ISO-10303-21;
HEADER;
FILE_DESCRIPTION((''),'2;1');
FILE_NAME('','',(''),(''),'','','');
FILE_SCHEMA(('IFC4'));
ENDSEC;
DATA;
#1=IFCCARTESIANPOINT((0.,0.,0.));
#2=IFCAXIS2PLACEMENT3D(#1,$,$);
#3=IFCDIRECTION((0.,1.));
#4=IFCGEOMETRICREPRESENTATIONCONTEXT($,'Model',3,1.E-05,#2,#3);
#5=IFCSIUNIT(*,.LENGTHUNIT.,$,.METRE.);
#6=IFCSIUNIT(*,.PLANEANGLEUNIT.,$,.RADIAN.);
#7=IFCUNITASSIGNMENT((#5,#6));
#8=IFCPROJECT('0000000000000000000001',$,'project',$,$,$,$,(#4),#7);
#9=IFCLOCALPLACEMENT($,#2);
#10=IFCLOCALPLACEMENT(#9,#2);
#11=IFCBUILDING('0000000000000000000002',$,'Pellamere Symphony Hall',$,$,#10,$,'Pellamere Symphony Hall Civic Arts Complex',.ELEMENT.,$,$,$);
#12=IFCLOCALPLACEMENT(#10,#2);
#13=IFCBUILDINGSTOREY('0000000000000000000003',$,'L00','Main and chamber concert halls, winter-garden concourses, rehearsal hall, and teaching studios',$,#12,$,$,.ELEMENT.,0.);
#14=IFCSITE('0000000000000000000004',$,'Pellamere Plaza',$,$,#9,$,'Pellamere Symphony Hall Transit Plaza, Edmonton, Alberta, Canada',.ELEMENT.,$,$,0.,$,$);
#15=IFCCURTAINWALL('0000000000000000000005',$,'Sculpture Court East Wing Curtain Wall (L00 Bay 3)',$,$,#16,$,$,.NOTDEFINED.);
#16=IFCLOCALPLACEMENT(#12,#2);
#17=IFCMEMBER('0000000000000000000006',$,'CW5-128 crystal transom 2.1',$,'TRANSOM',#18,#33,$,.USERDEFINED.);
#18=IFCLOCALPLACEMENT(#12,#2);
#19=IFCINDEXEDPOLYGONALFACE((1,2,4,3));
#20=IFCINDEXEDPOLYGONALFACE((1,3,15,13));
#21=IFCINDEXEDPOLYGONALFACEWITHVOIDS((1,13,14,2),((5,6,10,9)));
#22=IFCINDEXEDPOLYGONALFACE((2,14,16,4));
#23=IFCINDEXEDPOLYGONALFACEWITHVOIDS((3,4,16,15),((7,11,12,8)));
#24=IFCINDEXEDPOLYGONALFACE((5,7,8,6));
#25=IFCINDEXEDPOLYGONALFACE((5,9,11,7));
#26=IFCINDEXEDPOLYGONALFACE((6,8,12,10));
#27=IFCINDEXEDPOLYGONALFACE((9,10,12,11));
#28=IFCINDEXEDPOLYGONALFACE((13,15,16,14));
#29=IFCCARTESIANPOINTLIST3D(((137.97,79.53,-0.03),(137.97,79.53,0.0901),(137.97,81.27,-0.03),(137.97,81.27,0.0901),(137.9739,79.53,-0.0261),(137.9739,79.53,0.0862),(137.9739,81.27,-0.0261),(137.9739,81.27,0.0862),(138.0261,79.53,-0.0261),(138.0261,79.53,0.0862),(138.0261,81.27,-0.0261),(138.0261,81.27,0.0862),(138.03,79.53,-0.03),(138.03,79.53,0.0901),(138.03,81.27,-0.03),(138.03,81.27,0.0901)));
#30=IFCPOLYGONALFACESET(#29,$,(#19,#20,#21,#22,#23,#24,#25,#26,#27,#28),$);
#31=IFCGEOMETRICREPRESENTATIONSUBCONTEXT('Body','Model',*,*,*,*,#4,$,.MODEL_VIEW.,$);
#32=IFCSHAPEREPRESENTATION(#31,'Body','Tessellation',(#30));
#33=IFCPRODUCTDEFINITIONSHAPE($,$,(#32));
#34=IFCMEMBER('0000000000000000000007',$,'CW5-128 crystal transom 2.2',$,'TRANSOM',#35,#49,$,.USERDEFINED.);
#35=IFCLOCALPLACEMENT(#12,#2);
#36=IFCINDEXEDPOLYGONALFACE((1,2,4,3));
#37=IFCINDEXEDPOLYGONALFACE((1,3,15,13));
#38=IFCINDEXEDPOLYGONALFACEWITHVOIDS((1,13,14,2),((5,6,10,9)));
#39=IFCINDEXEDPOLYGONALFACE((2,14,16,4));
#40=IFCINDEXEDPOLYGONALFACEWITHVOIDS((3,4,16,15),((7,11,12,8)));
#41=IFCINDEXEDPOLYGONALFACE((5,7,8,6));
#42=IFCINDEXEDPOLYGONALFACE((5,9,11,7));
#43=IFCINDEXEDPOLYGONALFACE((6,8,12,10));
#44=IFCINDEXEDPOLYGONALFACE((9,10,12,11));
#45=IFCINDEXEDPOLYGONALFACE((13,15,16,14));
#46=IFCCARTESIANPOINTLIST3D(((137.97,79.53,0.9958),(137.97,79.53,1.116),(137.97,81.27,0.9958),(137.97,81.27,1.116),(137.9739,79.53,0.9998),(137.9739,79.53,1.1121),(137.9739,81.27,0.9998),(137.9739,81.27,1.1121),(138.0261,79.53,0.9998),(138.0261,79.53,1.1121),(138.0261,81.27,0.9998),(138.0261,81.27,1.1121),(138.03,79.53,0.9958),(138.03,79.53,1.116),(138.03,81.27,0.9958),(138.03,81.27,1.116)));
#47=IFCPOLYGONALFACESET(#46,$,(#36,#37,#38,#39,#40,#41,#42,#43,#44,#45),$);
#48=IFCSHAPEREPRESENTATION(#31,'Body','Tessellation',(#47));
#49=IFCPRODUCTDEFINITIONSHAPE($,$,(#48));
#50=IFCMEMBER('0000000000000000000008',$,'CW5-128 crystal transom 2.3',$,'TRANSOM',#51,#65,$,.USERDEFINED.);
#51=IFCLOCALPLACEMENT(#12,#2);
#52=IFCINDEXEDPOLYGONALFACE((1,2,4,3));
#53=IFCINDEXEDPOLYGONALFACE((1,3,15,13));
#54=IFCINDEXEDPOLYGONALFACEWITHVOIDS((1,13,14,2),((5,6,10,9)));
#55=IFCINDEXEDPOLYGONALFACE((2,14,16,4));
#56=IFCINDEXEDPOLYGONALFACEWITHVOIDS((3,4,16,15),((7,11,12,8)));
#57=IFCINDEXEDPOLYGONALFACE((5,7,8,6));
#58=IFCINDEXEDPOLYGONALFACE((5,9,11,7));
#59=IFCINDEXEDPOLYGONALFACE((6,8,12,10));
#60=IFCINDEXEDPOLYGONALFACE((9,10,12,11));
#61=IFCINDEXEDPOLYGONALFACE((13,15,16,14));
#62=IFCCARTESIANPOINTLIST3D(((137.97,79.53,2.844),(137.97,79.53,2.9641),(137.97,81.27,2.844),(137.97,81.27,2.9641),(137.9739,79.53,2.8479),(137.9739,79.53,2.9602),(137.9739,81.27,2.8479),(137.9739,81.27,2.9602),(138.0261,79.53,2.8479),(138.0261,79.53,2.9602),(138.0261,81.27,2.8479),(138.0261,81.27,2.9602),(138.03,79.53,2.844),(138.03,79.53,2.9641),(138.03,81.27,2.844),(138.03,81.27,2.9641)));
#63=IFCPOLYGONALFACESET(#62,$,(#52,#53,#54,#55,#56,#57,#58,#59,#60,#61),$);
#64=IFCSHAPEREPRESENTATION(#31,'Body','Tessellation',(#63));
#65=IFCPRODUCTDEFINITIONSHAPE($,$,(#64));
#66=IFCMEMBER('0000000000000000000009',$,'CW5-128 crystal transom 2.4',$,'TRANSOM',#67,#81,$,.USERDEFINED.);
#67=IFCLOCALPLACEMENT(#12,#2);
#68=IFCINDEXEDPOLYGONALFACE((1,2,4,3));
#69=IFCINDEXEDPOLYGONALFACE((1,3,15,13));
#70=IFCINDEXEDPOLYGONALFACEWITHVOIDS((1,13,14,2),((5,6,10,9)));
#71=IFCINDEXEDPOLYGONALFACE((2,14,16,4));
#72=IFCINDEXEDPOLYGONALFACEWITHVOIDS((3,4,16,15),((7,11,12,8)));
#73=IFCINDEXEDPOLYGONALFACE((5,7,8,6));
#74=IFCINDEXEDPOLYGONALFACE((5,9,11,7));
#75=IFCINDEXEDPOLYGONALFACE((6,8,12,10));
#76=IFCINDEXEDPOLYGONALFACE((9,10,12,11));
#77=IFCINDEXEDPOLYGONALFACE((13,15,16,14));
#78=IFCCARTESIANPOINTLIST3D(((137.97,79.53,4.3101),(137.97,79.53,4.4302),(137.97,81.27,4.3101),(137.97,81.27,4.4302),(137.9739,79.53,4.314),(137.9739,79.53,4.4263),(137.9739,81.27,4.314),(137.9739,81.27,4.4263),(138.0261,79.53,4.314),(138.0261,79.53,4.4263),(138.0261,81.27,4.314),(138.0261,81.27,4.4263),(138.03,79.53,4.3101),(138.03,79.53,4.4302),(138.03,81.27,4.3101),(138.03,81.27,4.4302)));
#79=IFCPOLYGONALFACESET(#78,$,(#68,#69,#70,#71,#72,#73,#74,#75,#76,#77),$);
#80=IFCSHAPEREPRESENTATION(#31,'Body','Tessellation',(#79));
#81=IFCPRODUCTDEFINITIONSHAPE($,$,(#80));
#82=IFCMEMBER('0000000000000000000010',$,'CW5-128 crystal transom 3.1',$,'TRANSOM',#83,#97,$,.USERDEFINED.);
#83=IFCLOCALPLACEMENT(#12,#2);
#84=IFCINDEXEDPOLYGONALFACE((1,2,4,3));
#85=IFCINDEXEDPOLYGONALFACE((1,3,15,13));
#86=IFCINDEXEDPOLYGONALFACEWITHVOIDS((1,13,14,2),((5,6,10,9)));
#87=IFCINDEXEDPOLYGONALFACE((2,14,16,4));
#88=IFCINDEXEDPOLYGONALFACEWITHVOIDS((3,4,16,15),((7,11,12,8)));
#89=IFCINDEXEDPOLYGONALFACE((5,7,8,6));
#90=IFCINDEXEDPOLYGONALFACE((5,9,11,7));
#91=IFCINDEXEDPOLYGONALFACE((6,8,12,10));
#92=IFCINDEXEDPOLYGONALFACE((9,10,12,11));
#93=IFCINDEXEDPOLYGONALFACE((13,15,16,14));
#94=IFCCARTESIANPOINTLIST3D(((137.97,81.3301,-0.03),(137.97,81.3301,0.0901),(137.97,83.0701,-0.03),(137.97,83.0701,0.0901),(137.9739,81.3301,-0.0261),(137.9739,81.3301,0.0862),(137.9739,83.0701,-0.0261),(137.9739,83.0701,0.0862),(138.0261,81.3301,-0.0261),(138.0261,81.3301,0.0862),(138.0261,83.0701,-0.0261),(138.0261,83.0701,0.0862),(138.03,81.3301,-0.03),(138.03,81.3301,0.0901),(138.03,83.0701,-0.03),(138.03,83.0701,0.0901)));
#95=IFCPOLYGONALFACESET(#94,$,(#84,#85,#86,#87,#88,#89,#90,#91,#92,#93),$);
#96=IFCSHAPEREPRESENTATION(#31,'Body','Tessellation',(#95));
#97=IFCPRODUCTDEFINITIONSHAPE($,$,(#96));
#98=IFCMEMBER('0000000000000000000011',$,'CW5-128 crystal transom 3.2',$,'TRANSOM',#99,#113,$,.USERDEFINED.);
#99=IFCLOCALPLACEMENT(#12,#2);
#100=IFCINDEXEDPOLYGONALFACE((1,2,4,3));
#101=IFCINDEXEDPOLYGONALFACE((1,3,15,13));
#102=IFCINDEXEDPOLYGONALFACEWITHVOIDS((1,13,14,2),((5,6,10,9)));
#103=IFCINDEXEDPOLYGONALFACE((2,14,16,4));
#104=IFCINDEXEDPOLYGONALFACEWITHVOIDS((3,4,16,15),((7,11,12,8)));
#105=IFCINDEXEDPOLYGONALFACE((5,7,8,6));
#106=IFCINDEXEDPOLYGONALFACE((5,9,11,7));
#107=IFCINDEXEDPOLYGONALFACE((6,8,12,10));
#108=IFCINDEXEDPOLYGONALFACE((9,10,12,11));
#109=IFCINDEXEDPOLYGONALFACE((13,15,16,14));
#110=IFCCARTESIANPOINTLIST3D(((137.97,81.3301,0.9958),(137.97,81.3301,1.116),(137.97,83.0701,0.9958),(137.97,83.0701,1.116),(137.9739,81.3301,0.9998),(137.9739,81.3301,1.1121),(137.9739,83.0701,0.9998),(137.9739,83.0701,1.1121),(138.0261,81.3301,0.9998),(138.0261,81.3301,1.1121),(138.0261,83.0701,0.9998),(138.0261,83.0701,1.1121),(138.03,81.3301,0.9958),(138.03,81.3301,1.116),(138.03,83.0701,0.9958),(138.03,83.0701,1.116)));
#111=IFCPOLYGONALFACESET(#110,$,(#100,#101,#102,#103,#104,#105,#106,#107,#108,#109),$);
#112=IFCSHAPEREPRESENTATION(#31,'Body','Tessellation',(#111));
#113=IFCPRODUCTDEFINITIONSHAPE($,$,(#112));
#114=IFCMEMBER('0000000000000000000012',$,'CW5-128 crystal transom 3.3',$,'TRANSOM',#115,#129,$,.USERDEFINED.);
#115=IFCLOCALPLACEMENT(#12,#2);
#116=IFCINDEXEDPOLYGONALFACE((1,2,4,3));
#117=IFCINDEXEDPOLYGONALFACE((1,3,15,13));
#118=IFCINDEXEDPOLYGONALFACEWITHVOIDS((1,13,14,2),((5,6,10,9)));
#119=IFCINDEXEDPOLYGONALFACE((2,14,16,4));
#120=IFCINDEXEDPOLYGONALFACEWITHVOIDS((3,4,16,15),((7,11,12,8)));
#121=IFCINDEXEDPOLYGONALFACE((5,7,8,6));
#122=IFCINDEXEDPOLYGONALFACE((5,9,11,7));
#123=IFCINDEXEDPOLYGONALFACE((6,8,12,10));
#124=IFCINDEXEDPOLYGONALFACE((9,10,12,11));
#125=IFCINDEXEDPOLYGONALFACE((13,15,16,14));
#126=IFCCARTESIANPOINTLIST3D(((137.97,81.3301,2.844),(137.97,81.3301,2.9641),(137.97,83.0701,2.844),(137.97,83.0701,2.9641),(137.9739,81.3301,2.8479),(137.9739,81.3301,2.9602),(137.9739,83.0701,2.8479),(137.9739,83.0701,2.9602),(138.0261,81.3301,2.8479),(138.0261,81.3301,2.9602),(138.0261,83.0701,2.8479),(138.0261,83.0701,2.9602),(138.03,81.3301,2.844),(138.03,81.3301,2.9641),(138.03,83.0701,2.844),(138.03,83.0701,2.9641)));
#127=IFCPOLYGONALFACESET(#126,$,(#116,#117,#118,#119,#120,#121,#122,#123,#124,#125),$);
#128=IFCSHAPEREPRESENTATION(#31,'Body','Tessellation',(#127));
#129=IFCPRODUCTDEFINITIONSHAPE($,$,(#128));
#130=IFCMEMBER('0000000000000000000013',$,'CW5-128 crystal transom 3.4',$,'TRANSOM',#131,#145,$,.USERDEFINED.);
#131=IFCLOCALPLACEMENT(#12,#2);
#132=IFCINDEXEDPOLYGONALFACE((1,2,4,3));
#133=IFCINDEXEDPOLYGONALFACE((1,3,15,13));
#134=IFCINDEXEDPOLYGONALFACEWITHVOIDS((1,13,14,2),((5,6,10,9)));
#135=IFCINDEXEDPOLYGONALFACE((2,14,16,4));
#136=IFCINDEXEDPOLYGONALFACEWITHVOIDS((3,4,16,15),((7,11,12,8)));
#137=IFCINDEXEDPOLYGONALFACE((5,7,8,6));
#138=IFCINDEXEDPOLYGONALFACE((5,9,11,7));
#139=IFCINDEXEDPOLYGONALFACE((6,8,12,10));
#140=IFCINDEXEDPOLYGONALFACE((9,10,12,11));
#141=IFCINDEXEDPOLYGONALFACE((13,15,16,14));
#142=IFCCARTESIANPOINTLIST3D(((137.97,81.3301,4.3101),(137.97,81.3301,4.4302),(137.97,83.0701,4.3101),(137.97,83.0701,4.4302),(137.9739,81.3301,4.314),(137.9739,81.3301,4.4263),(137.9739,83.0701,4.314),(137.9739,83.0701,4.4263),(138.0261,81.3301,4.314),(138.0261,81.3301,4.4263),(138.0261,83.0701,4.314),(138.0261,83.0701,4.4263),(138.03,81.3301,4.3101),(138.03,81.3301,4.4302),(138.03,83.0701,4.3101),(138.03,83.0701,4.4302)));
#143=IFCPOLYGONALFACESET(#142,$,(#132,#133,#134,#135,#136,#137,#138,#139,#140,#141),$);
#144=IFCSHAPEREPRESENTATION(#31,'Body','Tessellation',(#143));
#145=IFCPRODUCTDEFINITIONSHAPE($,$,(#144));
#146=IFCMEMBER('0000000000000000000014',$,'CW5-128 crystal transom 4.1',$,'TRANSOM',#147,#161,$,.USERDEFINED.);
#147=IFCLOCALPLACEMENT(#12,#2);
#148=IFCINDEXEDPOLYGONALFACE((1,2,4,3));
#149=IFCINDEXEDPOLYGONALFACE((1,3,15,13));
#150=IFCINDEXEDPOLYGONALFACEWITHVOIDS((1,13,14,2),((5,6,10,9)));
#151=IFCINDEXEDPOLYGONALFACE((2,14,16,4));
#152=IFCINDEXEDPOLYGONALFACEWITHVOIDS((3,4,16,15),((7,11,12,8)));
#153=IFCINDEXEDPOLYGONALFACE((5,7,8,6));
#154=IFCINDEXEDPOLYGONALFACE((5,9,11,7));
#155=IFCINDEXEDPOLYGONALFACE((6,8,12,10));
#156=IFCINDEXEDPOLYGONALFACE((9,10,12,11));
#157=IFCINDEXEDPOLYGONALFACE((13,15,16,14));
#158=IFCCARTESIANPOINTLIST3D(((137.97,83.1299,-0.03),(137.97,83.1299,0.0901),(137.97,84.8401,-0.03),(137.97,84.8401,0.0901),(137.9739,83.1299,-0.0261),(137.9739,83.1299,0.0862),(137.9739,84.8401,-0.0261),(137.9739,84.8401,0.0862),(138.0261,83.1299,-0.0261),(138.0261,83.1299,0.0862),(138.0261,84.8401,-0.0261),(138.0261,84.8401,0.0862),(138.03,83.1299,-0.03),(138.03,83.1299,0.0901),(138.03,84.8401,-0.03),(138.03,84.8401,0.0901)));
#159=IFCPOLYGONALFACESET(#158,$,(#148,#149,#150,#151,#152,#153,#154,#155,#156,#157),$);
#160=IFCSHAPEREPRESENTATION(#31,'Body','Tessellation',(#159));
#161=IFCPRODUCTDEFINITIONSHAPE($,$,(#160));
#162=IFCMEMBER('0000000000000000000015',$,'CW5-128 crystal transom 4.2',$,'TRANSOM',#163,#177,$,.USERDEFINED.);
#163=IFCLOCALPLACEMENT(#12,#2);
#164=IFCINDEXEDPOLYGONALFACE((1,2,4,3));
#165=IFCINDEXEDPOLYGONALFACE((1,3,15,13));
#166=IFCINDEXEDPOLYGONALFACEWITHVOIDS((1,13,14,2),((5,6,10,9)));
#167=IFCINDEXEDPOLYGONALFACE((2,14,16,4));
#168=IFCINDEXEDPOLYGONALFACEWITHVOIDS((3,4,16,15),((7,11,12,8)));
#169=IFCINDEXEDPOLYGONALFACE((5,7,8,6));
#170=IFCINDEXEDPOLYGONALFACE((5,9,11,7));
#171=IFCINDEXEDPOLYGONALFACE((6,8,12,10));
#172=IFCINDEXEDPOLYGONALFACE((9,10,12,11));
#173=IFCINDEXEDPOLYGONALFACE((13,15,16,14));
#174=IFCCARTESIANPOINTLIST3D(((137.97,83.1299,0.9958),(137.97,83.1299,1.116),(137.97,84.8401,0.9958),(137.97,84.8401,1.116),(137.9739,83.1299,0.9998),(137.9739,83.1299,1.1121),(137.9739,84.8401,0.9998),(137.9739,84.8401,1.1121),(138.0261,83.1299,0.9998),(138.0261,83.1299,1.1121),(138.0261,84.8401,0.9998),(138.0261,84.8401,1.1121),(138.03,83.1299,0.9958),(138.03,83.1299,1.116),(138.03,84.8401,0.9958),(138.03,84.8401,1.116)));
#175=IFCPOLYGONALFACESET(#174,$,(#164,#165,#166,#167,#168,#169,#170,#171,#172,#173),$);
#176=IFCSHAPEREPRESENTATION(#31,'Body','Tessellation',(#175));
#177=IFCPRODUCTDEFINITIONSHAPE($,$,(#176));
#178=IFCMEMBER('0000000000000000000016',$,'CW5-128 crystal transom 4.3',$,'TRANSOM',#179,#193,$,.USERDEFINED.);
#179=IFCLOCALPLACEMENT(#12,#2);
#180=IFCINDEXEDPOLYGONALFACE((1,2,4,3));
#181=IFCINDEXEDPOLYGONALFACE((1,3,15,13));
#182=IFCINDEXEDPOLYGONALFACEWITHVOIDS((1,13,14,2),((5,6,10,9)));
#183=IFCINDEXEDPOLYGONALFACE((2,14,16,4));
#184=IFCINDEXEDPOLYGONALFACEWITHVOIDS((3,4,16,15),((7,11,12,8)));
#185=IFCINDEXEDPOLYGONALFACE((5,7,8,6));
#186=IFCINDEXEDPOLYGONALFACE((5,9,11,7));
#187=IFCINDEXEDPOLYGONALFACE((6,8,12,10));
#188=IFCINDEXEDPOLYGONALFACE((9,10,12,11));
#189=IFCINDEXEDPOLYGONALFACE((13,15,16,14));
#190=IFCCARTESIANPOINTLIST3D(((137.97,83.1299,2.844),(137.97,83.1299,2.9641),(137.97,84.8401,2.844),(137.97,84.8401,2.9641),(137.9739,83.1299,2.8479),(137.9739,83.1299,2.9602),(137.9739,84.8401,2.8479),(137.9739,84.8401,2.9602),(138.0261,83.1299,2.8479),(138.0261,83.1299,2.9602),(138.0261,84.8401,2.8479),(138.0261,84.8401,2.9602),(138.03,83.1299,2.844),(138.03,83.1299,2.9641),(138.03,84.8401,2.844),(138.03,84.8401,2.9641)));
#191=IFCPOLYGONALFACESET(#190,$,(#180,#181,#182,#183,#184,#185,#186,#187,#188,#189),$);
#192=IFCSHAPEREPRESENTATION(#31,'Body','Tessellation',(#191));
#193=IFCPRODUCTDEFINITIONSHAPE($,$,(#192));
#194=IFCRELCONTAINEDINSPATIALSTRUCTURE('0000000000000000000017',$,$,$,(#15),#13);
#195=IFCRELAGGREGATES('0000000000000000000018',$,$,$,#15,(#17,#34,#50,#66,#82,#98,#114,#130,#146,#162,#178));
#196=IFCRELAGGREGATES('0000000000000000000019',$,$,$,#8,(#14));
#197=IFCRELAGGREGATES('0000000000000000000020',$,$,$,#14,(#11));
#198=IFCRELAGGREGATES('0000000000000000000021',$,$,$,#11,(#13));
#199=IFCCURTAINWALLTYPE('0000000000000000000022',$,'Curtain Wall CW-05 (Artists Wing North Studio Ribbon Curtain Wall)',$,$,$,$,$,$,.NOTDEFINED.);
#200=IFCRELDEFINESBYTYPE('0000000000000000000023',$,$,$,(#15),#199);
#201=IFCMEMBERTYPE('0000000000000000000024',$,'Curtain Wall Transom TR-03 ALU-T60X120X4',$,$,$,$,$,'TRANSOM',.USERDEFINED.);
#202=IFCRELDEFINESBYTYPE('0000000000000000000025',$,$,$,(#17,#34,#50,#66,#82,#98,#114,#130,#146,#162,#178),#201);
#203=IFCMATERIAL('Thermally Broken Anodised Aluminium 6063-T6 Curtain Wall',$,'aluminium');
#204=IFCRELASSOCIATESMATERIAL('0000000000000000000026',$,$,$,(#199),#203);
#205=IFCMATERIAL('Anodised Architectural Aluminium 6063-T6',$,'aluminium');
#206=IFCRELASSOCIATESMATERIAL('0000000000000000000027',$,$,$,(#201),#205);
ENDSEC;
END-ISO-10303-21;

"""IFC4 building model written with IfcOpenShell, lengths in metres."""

from ifc_helpers import new_model, si_unit, direction, frame, origin, origin_2d, place, context, subcontext, project, spatial, hollow_rectangle, extrude, material, material_profile, profile_set, type_object, element, aggregate, save


model = new_model("IFC4")

# Units and contexts
model_context = context("Model", 3, precision=1e-05, world=origin(), true_north=direction((0.0, 1.0)))
body_context = subcontext(model_context, "Body", "Model", "MODEL_VIEW")
ifc_project = project(units=[si_unit("LENGTHUNIT", "METRE"), si_unit("PLANEANGLEUNIT", "RADIAN")], contexts=[model_context])

# Site, building, storey
site_placement = place(None, origin())
site = spatial("IfcSite", under=ifc_project, at=site_placement, Name="Pellamere Plaza", LongName="Pellamere Symphony Hall Transit Plaza, Edmonton, Alberta, Canada", CompositionType="ELEMENT", RefElevation=0.0)
building_placement = place(site_placement, origin())
building = spatial("IfcBuilding", under=site, at=building_placement, Name="Pellamere Symphony Hall", LongName="Pellamere Symphony Hall Civic Arts Complex", CompositionType="ELEMENT")
storey_placement = place(building_placement, origin())
storey = spatial("IfcBuildingStorey", under=building, at=storey_placement, Name="L00", Description="Main and chamber concert halls, winter-garden concourses, rehearsal hall, and teaching studios", CompositionType="ELEMENT", Elevation=0.0)

# Shared definitions
ifc_material_1 = material(Name="Thermally Broken Anodised Aluminium 6063-T6 Curtain Wall", Category="aluminium")
curtain_wall_type = type_object("IfcCurtainWallType", Name="Curtain Wall CW-05 (Artists Wing North Studio Ribbon Curtain Wall)", PredefinedType="NOTDEFINED", material=ifc_material_1)
ifc_material_2 = material(Name="Anodised Architectural Aluminium 6063-T6", Category="aluminium")

# Curtain wall, members
curtain_wall_1_placement = place(storey_placement, origin())
curtain_wall_1 = element("IfcCurtainWall", 1, at=curtain_wall_1_placement, inside=storey, type_object=curtain_wall_type, Name="Sculpture Court East Wing Curtain Wall (L00 Bay 3)", PredefinedType="NOTDEFINED")
ifc_material_profile_1 = material_profile(ifc_material_2, hollow_rectangle(XDim=0.0601, YDim=0.1201, WallThickness=0.0039, at=origin_2d()), Name="ALU-T60X120X4")
ifc_profile_set_1 = profile_set([ifc_material_profile_1], Name="Anodised Architectural Aluminium 6063-T6")
member_type_1 = type_object("IfcMemberType", Name="Curtain Wall Transom TR-03 ALU-T60X120X4", ElementType="TRANSOM", PredefinedType="USERDEFINED", material=ifc_profile_set_1)
member_1_placement = place(storey_placement, frame((138.0, 79.53, 0.03), z_axis=(0.0, 1.0, 0.0), x_axis=(-1.0, 0.0, 0.0)))
member_1 = element("IfcMember", 2, at=member_1_placement, type_object=member_type_1, Name="CW5-128 crystal transom 2.1", ObjectType="TRANSOM", PredefinedType="USERDEFINED", context=body_context, shape_type="SweptSolid", body=[
    extrude(hollow_rectangle(XDim=0.0601, YDim=0.1201, WallThickness=0.0039, at=origin_2d()), origin(), (0.0, 0.0, 1.0), 1.74),
])
member_2_placement = place(storey_placement, frame((138.0, 79.53, 1.0559), z_axis=(0.0, 1.0, 0.0), x_axis=(-1.0, 0.0, 0.0)))
member_2 = element("IfcMember", 3, at=member_2_placement, type_object=member_type_1, Name="CW5-128 crystal transom 2.2", ObjectType="TRANSOM", PredefinedType="USERDEFINED", context=body_context, shape_type="SweptSolid", body=[
    extrude(hollow_rectangle(XDim=0.0601, YDim=0.1201, WallThickness=0.0039, at=origin_2d()), origin(), (0.0, 0.0, 1.0), 1.74),
])
member_3_placement = place(storey_placement, frame((138.0, 79.53, 2.9041), z_axis=(0.0, 1.0, 0.0), x_axis=(-1.0, 0.0, 0.0)))
member_3 = element("IfcMember", 4, at=member_3_placement, type_object=member_type_1, Name="CW5-128 crystal transom 2.3", ObjectType="TRANSOM", PredefinedType="USERDEFINED", context=body_context, shape_type="SweptSolid", body=[
    extrude(hollow_rectangle(XDim=0.0601, YDim=0.1201, WallThickness=0.0039, at=origin_2d()), origin(), (0.0, 0.0, 1.0), 1.74),
])
member_4_placement = place(storey_placement, frame((138.0, 79.53, 4.3701), z_axis=(0.0, 1.0, 0.0), x_axis=(-1.0, 0.0, 0.0)))
member_4 = element("IfcMember", 5, at=member_4_placement, type_object=member_type_1, Name="CW5-128 crystal transom 2.4", ObjectType="TRANSOM", PredefinedType="USERDEFINED", context=body_context, shape_type="SweptSolid", body=[
    extrude(hollow_rectangle(XDim=0.0601, YDim=0.1201, WallThickness=0.0039, at=origin_2d()), origin(), (0.0, 0.0, 1.0), 1.74),
])
member_5_placement = place(storey_placement, frame((138.0, 81.3301, 0.03), z_axis=(0.0, 1.0, 0.0), x_axis=(-1.0, 0.0, 0.0)))
member_5 = element("IfcMember", 6, at=member_5_placement, type_object=member_type_1, Name="CW5-128 crystal transom 3.1", ObjectType="TRANSOM", PredefinedType="USERDEFINED", context=body_context, shape_type="SweptSolid", body=[
    extrude(hollow_rectangle(XDim=0.0601, YDim=0.1201, WallThickness=0.0039, at=origin_2d()), origin(), (0.0, 0.0, 1.0), 1.74),
])
member_6_placement = place(storey_placement, frame((138.0, 81.3301, 1.0559), z_axis=(0.0, 1.0, 0.0), x_axis=(-1.0, 0.0, 0.0)))
member_6 = element("IfcMember", 7, at=member_6_placement, type_object=member_type_1, Name="CW5-128 crystal transom 3.2", ObjectType="TRANSOM", PredefinedType="USERDEFINED", context=body_context, shape_type="SweptSolid", body=[
    extrude(hollow_rectangle(XDim=0.0601, YDim=0.1201, WallThickness=0.0039, at=origin_2d()), origin(), (0.0, 0.0, 1.0), 1.74),
])
member_7_placement = place(storey_placement, frame((138.0, 81.3301, 2.9041), z_axis=(0.0, 1.0, 0.0), x_axis=(-1.0, 0.0, 0.0)))
member_7 = element("IfcMember", 8, at=member_7_placement, type_object=member_type_1, Name="CW5-128 crystal transom 3.3", ObjectType="TRANSOM", PredefinedType="USERDEFINED", context=body_context, shape_type="SweptSolid", body=[
    extrude(hollow_rectangle(XDim=0.0601, YDim=0.1201, WallThickness=0.0039, at=origin_2d()), origin(), (0.0, 0.0, 1.0), 1.74),
])
member_8_placement = place(storey_placement, frame((138.0, 81.3301, 4.3701), z_axis=(0.0, 1.0, 0.0), x_axis=(-1.0, 0.0, 0.0)))
member_8 = element("IfcMember", 9, at=member_8_placement, type_object=member_type_1, Name="CW5-128 crystal transom 3.4", ObjectType="TRANSOM", PredefinedType="USERDEFINED", context=body_context, shape_type="SweptSolid", body=[
    extrude(hollow_rectangle(XDim=0.0601, YDim=0.1201, WallThickness=0.0039, at=origin_2d()), origin(), (0.0, 0.0, 1.0), 1.74),
])
member_9_placement = place(storey_placement, frame((138.0, 83.1299, 0.03), z_axis=(0.0, 1.0, 0.0), x_axis=(-1.0, 0.0, 0.0)))
member_9 = element("IfcMember", 10, at=member_9_placement, type_object=member_type_1, Name="CW5-128 crystal transom 4.1", ObjectType="TRANSOM", PredefinedType="USERDEFINED", context=body_context, shape_type="SweptSolid", body=[
    extrude(hollow_rectangle(XDim=0.0601, YDim=0.1201, WallThickness=0.0039, at=origin_2d()), origin(), (0.0, 0.0, 1.0), 1.7102),
])
member_10_placement = place(storey_placement, frame((138.0, 83.1299, 1.0559), z_axis=(0.0, 1.0, 0.0), x_axis=(-1.0, 0.0, 0.0)))
member_10 = element("IfcMember", 11, at=member_10_placement, type_object=member_type_1, Name="CW5-128 crystal transom 4.2", ObjectType="TRANSOM", PredefinedType="USERDEFINED", context=body_context, shape_type="SweptSolid", body=[
    extrude(hollow_rectangle(XDim=0.0601, YDim=0.1201, WallThickness=0.0039, at=origin_2d()), origin(), (0.0, 0.0, 1.0), 1.7102),
])
member_11_placement = place(storey_placement, frame((138.0, 83.1299, 2.9041), z_axis=(0.0, 1.0, 0.0), x_axis=(-1.0, 0.0, 0.0)))
member_11 = element("IfcMember", 12, at=member_11_placement, type_object=member_type_1, Name="CW5-128 crystal transom 4.3", ObjectType="TRANSOM", PredefinedType="USERDEFINED", context=body_context, shape_type="SweptSolid", body=[
    extrude(hollow_rectangle(XDim=0.0601, YDim=0.1201, WallThickness=0.0039, at=origin_2d()), origin(), (0.0, 0.0, 1.0), 1.7102),
])

aggregate(curtain_wall_1, [member_1, member_2, member_3, member_4, member_5, member_6, member_7, member_8, member_9, member_10, member_11])

save(model, "model.ifc")
